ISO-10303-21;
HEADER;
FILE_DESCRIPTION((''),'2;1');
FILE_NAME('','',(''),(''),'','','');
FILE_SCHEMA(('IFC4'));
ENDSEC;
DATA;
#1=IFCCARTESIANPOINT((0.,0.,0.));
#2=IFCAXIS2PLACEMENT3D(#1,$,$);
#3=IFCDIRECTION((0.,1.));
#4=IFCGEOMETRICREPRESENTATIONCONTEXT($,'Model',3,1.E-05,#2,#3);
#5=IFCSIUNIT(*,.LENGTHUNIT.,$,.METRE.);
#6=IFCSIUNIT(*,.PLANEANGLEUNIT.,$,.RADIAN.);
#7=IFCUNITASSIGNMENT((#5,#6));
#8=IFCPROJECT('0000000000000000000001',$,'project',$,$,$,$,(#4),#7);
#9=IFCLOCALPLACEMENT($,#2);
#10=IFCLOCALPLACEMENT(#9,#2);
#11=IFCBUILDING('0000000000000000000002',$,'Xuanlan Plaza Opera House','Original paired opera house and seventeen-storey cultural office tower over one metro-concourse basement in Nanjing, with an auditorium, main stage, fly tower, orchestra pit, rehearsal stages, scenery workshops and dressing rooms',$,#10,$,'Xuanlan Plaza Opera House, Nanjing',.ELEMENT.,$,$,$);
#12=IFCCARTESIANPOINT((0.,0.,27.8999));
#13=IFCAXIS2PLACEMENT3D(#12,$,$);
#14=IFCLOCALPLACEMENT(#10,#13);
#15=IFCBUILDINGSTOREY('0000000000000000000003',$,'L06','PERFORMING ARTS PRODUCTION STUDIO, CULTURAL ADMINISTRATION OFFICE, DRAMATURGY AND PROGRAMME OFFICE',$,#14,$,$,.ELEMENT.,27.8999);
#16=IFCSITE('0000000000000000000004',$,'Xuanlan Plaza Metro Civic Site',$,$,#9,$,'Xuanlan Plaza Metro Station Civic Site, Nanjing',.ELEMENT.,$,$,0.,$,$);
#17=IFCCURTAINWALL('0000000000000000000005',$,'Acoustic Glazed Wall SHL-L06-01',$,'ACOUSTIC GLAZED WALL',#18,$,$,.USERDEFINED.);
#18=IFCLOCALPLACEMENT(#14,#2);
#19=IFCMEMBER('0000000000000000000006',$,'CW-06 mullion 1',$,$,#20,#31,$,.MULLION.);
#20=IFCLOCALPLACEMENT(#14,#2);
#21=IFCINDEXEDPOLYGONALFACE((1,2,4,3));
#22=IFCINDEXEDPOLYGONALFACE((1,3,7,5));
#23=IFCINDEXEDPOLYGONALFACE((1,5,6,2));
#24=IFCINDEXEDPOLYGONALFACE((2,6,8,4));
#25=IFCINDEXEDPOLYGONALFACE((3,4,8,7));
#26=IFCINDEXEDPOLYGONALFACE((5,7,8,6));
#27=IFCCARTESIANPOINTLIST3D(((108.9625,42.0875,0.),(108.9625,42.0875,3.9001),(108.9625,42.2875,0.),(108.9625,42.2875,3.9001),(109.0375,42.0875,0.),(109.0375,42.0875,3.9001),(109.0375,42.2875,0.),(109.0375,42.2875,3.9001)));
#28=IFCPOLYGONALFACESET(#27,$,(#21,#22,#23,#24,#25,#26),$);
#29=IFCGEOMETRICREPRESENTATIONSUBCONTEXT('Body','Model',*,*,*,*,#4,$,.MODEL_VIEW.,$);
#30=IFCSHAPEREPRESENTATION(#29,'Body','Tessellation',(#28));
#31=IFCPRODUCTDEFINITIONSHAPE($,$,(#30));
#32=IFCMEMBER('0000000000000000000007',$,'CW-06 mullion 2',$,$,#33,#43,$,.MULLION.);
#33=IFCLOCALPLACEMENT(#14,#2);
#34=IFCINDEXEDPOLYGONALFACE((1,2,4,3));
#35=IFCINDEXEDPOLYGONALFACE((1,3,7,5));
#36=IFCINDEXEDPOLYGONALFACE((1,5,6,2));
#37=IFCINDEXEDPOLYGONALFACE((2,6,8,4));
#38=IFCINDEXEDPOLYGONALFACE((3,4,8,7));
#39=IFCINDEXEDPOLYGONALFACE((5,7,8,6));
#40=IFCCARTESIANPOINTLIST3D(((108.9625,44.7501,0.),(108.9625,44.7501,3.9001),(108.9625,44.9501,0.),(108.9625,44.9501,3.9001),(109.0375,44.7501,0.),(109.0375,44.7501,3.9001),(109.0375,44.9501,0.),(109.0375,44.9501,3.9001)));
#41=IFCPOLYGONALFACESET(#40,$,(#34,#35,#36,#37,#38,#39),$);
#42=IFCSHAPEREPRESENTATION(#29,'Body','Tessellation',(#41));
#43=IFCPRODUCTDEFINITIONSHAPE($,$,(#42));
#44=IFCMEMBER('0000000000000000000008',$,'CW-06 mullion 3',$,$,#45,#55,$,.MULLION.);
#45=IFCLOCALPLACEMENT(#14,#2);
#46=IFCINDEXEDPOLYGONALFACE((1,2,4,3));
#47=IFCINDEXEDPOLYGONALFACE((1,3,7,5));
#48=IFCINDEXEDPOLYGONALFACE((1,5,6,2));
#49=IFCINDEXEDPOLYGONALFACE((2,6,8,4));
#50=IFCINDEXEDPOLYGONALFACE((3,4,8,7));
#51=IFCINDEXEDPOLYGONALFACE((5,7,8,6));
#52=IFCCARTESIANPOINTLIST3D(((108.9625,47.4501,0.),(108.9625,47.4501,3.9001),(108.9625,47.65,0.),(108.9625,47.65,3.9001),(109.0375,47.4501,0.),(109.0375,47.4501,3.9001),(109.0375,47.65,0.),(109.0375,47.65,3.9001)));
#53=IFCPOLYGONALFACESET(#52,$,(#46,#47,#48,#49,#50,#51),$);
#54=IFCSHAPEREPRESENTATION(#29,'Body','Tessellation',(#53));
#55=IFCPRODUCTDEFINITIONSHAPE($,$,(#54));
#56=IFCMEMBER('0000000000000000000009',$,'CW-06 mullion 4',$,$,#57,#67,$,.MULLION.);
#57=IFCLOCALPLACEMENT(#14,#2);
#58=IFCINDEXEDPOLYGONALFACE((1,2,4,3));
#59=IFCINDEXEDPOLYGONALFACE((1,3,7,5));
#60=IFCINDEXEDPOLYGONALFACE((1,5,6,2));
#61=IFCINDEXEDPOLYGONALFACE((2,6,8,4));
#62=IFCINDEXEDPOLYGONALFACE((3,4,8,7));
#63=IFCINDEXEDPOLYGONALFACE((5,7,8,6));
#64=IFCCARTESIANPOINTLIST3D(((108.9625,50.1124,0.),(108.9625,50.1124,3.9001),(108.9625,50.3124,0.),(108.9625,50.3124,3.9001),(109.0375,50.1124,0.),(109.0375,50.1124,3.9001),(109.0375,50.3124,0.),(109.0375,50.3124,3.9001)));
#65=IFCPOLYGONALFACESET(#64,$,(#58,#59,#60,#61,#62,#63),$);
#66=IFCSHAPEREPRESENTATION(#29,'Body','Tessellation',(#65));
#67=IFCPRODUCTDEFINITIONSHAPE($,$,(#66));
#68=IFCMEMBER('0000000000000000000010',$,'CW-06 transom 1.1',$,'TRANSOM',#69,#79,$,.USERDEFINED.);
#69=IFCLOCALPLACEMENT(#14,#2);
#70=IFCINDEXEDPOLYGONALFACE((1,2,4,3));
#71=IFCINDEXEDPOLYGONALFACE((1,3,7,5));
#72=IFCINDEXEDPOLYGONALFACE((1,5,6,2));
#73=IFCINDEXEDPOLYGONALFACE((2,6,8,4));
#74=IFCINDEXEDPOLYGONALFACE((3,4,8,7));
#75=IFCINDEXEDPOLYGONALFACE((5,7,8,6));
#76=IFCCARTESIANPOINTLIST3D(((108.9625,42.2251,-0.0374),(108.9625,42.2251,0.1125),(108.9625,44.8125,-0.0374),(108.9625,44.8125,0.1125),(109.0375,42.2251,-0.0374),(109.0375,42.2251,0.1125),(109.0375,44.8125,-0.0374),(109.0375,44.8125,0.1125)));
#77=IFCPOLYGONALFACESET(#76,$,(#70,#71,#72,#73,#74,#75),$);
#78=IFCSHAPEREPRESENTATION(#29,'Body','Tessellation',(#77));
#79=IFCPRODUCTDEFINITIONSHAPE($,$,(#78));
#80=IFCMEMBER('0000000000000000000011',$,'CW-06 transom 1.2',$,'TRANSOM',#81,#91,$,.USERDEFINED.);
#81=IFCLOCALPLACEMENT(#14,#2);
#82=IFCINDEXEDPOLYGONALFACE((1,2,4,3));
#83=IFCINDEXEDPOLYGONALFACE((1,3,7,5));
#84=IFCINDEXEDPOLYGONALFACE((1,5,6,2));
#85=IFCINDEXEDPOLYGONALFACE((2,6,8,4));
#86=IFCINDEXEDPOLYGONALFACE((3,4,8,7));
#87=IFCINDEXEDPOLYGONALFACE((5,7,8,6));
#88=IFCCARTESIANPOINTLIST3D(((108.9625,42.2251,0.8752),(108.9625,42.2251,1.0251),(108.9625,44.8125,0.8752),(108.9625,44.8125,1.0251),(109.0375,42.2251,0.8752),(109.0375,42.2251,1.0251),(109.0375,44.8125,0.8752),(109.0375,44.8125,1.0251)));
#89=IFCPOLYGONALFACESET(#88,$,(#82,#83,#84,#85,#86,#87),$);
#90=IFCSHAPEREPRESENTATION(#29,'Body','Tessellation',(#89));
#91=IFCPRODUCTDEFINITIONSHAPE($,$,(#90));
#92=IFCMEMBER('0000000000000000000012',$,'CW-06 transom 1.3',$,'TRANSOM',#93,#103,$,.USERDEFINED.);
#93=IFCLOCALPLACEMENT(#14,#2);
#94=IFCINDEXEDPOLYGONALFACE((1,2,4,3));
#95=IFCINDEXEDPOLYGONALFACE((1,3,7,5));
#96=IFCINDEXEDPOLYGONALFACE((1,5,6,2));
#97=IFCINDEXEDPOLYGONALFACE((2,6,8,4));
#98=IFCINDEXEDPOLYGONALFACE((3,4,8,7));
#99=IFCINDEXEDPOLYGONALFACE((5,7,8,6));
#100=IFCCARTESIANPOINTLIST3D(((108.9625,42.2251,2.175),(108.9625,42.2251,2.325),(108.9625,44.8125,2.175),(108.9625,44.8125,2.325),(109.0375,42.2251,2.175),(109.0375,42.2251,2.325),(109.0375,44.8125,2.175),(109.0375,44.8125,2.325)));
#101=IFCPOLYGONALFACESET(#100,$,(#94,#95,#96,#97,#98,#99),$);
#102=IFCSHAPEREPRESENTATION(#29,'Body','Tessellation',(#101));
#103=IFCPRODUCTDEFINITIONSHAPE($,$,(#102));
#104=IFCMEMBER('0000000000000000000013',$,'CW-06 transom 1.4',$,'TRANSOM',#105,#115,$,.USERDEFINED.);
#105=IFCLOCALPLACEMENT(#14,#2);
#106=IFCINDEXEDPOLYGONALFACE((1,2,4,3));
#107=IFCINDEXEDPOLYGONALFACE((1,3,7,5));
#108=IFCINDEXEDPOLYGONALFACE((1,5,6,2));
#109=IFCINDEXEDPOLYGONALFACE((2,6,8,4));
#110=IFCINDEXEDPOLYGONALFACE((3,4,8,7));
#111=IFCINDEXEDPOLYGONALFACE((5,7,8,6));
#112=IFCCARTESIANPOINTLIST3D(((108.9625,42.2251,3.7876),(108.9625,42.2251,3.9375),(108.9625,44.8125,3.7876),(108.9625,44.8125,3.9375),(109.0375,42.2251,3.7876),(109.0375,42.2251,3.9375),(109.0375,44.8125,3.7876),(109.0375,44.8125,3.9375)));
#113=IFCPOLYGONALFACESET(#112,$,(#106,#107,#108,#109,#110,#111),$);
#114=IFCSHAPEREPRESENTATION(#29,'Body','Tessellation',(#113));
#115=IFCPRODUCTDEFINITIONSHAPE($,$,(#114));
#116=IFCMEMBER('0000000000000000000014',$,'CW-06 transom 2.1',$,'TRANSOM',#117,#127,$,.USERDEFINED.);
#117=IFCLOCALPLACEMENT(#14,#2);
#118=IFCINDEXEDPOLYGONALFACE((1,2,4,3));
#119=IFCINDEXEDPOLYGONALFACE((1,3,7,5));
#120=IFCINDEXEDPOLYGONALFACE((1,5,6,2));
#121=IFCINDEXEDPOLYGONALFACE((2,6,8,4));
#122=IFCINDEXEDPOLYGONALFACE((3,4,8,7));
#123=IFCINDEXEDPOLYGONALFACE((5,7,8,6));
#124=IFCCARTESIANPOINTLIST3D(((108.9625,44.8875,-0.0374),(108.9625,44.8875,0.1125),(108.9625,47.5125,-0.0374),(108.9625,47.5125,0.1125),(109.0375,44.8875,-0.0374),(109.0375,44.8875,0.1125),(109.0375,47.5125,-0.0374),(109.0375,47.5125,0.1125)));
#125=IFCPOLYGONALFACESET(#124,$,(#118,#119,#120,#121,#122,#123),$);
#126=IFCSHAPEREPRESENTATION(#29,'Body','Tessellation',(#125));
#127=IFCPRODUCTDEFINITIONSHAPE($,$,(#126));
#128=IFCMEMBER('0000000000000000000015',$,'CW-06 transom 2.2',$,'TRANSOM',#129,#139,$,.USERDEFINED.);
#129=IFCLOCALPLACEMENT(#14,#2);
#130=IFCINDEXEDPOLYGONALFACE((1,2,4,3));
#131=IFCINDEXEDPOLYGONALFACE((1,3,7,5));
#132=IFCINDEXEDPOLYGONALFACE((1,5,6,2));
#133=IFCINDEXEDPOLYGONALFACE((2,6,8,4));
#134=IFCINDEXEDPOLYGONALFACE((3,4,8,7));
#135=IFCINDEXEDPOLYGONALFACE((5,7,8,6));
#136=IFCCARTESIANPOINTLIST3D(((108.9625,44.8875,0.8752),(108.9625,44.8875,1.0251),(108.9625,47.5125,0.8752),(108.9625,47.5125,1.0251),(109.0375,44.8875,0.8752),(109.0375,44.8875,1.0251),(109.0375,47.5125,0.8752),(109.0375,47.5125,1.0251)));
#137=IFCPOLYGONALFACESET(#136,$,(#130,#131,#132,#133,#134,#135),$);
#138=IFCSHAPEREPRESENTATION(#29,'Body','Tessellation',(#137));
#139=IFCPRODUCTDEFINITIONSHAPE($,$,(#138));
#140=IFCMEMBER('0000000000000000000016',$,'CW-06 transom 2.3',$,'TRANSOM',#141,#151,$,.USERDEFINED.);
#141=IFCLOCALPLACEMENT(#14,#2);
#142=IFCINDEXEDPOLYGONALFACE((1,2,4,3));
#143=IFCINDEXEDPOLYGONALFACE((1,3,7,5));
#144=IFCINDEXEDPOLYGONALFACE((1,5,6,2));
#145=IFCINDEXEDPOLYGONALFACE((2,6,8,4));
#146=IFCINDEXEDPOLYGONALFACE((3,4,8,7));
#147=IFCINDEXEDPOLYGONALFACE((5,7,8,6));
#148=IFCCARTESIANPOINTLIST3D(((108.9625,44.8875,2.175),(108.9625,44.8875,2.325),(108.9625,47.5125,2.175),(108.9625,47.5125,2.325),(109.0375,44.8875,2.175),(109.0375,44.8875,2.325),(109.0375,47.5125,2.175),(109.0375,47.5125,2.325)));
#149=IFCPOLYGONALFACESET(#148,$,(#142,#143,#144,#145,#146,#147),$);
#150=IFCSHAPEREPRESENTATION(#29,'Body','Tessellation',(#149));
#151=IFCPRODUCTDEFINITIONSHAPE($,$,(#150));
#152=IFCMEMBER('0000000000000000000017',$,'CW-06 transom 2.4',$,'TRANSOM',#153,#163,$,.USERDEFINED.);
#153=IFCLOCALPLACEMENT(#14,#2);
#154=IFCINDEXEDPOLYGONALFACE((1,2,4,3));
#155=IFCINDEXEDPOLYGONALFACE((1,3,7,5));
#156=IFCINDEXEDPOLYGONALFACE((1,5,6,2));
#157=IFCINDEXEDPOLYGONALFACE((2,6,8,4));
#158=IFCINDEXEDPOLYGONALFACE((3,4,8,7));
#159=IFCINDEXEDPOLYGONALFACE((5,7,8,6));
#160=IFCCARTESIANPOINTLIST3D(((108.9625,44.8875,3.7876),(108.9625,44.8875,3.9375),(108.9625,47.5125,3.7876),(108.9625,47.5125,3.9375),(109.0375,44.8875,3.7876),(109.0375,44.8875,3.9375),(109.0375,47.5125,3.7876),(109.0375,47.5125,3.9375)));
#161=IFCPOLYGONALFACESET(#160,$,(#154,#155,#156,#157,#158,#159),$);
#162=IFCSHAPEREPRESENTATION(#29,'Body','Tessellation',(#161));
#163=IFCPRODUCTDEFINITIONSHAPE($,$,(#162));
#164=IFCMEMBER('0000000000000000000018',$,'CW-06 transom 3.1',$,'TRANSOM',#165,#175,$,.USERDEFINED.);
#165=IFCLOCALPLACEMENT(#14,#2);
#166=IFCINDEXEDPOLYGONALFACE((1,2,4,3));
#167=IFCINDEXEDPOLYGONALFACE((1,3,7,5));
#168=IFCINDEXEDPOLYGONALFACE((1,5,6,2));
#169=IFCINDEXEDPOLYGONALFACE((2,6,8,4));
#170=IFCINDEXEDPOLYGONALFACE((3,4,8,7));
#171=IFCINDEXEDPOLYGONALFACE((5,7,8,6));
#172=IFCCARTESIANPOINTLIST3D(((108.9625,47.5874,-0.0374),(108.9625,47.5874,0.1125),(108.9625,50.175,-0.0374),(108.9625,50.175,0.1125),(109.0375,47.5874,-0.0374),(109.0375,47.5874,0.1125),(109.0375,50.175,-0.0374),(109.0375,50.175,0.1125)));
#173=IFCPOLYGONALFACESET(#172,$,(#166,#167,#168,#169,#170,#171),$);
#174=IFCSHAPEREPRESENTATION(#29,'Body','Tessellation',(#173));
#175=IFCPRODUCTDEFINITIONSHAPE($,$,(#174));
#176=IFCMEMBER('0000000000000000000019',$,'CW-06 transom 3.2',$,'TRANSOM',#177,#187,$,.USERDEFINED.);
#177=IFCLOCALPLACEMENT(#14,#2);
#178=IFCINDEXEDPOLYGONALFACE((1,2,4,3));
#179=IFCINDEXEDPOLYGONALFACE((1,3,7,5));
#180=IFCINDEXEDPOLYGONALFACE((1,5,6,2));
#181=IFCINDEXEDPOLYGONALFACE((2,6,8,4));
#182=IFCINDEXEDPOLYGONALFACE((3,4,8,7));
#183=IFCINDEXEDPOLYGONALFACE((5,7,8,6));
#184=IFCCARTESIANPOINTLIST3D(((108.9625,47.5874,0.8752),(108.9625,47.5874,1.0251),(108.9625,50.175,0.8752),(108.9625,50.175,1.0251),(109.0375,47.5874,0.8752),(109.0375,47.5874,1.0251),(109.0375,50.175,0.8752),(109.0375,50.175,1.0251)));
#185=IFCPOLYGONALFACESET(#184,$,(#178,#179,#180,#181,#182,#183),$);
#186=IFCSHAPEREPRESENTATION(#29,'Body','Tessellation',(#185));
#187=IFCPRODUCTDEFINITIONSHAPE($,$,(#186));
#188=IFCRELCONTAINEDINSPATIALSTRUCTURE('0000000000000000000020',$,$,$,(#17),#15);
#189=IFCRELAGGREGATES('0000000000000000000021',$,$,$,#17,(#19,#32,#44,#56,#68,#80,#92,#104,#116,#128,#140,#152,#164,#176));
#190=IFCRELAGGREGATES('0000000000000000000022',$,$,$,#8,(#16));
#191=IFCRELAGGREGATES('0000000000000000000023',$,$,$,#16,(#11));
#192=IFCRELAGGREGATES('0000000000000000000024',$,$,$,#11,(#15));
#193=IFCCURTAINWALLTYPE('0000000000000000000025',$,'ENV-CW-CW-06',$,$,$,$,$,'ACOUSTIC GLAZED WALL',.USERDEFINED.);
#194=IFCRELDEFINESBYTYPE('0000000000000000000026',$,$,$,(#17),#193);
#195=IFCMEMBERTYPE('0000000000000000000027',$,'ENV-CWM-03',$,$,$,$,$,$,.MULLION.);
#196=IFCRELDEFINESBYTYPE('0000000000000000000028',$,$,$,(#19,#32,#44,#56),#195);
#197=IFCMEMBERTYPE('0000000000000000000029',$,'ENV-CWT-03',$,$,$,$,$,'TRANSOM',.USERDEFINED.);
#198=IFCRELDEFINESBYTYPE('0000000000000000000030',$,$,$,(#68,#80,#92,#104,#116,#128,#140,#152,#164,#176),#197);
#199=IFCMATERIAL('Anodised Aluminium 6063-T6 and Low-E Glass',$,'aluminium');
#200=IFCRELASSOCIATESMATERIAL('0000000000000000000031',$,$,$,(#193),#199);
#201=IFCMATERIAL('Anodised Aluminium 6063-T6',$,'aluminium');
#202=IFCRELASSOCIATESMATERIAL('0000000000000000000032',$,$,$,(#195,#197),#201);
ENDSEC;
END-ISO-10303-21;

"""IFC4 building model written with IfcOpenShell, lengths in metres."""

from ifc_helpers import new_model, si_unit, direction, frame, origin, origin_2d, place, context, subcontext, project, spatial, rectangle, extrude, material, material_profile, profile_set, type_object, element, aggregate, save


model = new_model("IFC4")

# Units and contexts
model_context = context("Model", 3, precision=1e-05, world=origin(), true_north=direction((0.0, 1.0)))
body_context = subcontext(model_context, "Body", "Model", "MODEL_VIEW")
ifc_project = project(units=[si_unit("LENGTHUNIT", "METRE"), si_unit("PLANEANGLEUNIT", "RADIAN")], contexts=[model_context])

# Site, building, storey
site_placement = place(None, origin())
site = spatial("IfcSite", under=ifc_project, at=site_placement, Name="Xuanlan Plaza Metro Civic Site", LongName="Xuanlan Plaza Metro Station Civic Site, Nanjing", CompositionType="ELEMENT", RefElevation=0.0)
building_placement = place(site_placement, origin())
building = spatial("IfcBuilding", under=site, at=building_placement, Name="Xuanlan Plaza Opera House", Description="Original paired opera house and seventeen-storey cultural office tower over one metro-concourse basement in Nanjing, with an auditorium, main stage, fly tower, orchestra pit, rehearsal stages, scenery workshops and dressing rooms", LongName="Xuanlan Plaza Opera House, Nanjing", CompositionType="ELEMENT")
storey_placement = place(building_placement, frame((0.0, 0.0, 27.8999)))
storey = spatial("IfcBuildingStorey", under=building, at=storey_placement, Name="L06", Description="PERFORMING ARTS PRODUCTION STUDIO, CULTURAL ADMINISTRATION OFFICE, DRAMATURGY AND PROGRAMME OFFICE", CompositionType="ELEMENT", Elevation=27.8999)

# Curtain wall, members
ifc_material_1 = material(Name="Anodised Aluminium 6063-T6 and Low-E Glass", Category="aluminium")
curtain_wall_type = type_object("IfcCurtainWallType", Name="ENV-CW-CW-06", ElementType="ACOUSTIC GLAZED WALL", PredefinedType="USERDEFINED", material=ifc_material_1)
curtain_wall_placement = place(storey_placement, origin())
curtain_wall = element("IfcCurtainWall", 1, at=curtain_wall_placement, inside=storey, type_object=curtain_wall_type, Name="Acoustic Glazed Wall SHL-L06-01", ObjectType="ACOUSTIC GLAZED WALL", PredefinedType="USERDEFINED")
ifc_material_2 = material(Name="Anodised Aluminium 6063-T6", Category="aluminium")
ifc_material_profile_1 = material_profile(ifc_material_2, rectangle(XDim=0.075, YDim=0.2, at=origin_2d()), Name="ALU-M 75x200")
ifc_profile_set_1 = profile_set([ifc_material_profile_1], Name="Anodised Aluminium 6063-T6")
member_type_1 = type_object("IfcMemberType", Name="ENV-CWM-03", PredefinedType="MULLION", material=ifc_profile_set_1)
member_1_placement = place(storey_placement, frame((109.0, 42.1875, 0.0), z_axis=(0.0, 0.0, 1.0), x_axis=(-1.0, 0.0, 0.0)))
member_1 = element("IfcMember", 2, at=member_1_placement, type_object=member_type_1, Name="CW-06 mullion 1", PredefinedType="MULLION", context=body_context, shape_type="SweptSolid", body=[
    extrude(rectangle(XDim=0.075, YDim=0.2, at=origin_2d()), origin(), (0.0, 0.0, 1.0), 3.9001),
])
member_2_placement = place(storey_placement, frame((109.0, 44.8501, 0.0), z_axis=(0.0, 0.0, 1.0), x_axis=(-1.0, 0.0, 0.0)))
member_2 = element("IfcMember", 3, at=member_2_placement, type_object=member_type_1, Name="CW-06 mullion 2", PredefinedType="MULLION", context=body_context, shape_type="SweptSolid", body=[
    extrude(rectangle(XDim=0.075, YDim=0.2, at=origin_2d()), origin(), (0.0, 0.0, 1.0), 3.9001),
])
member_3_placement = place(storey_placement, frame((109.0, 47.55, 0.0), z_axis=(0.0, 0.0, 1.0), x_axis=(-1.0, 0.0, 0.0)))
member_3 = element("IfcMember", 4, at=member_3_placement, type_object=member_type_1, Name="CW-06 mullion 3", PredefinedType="MULLION", context=body_context, shape_type="SweptSolid", body=[
    extrude(rectangle(XDim=0.075, YDim=0.2, at=origin_2d()), origin(), (0.0, 0.0, 1.0), 3.9001),
])
member_4_placement = place(storey_placement, frame((109.0, 50.2124, 0.0), z_axis=(0.0, 0.0, 1.0), x_axis=(-1.0, 0.0, 0.0)))
member_4 = element("IfcMember", 5, at=member_4_placement, type_object=member_type_1, Name="CW-06 mullion 4", PredefinedType="MULLION", context=body_context, shape_type="SweptSolid", body=[
    extrude(rectangle(XDim=0.075, YDim=0.2, at=origin_2d()), origin(), (0.0, 0.0, 1.0), 3.9001),
])
ifc_material_profile_2 = material_profile(ifc_material_2, rectangle(XDim=0.075, YDim=0.1499, at=origin_2d()), Name="ALU-T 75x150")
ifc_profile_set_2 = profile_set([ifc_material_profile_2], Name="Anodised Aluminium 6063-T6")
member_type_2 = type_object("IfcMemberType", Name="ENV-CWT-03", ElementType="TRANSOM", PredefinedType="USERDEFINED", material=ifc_profile_set_2)
member_5_placement = place(storey_placement, frame((109.0, 42.2251, 0.0376), z_axis=(0.0, 1.0, 0.0), x_axis=(-1.0, 0.0, 0.0)))
member_5 = element("IfcMember", 6, at=member_5_placement, type_object=member_type_2, Name="CW-06 transom 1.1", ObjectType="TRANSOM", PredefinedType="USERDEFINED", context=body_context, shape_type="SweptSolid", body=[
    extrude(rectangle(XDim=0.075, YDim=0.1499, at=origin_2d()), origin(), (0.0, 0.0, 1.0), 2.5874),
])
member_6_placement = place(storey_placement, frame((109.0, 42.2251, 0.9502), z_axis=(0.0, 1.0, 0.0), x_axis=(-1.0, 0.0, 0.0)))
member_6 = element("IfcMember", 7, at=member_6_placement, type_object=member_type_2, Name="CW-06 transom 1.2", ObjectType="TRANSOM", PredefinedType="USERDEFINED", context=body_context, shape_type="SweptSolid", body=[
    extrude(rectangle(XDim=0.075, YDim=0.1499, at=origin_2d()), origin(), (0.0, 0.0, 1.0), 2.5874),
])
member_7_placement = place(storey_placement, frame((109.0, 42.2251, 2.25), z_axis=(0.0, 1.0, 0.0), x_axis=(-1.0, 0.0, 0.0)))
member_7 = element("IfcMember", 8, at=member_7_placement, type_object=member_type_2, Name="CW-06 transom 1.3", ObjectType="TRANSOM", PredefinedType="USERDEFINED", context=body_context, shape_type="SweptSolid", body=[
    extrude(rectangle(XDim=0.075, YDim=0.1499, at=origin_2d()), origin(), (0.0, 0.0, 1.0), 2.5874),
])
member_8_placement = place(storey_placement, frame((109.0, 42.2251, 3.8625), z_axis=(0.0, 1.0, 0.0), x_axis=(-1.0, 0.0, 0.0)))
member_8 = element("IfcMember", 9, at=member_8_placement, type_object=member_type_2, Name="CW-06 transom 1.4", ObjectType="TRANSOM", PredefinedType="USERDEFINED", context=body_context, shape_type="SweptSolid", body=[
    extrude(rectangle(XDim=0.075, YDim=0.1499, at=origin_2d()), origin(), (0.0, 0.0, 1.0), 2.5874),
])
member_9_placement = place(storey_placement, frame((109.0, 44.8875, 0.0376), z_axis=(0.0, 1.0, 0.0), x_axis=(-1.0, 0.0, 0.0)))
member_9 = element("IfcMember", 10, at=member_9_placement, type_object=member_type_2, Name="CW-06 transom 2.1", ObjectType="TRANSOM", PredefinedType="USERDEFINED", context=body_context, shape_type="SweptSolid", body=[
    extrude(rectangle(XDim=0.075, YDim=0.1499, at=origin_2d()), origin(), (0.0, 0.0, 1.0), 2.625),
])
member_10_placement = place(storey_placement, frame((109.0, 44.8875, 0.9502), z_axis=(0.0, 1.0, 0.0), x_axis=(-1.0, 0.0, 0.0)))
member_10 = element("IfcMember", 11, at=member_10_placement, type_object=member_type_2, Name="CW-06 transom 2.2", ObjectType="TRANSOM", PredefinedType="USERDEFINED", context=body_context, shape_type="SweptSolid", body=[
    extrude(rectangle(XDim=0.075, YDim=0.1499, at=origin_2d()), origin(), (0.0, 0.0, 1.0), 2.625),
])
member_11_placement = place(storey_placement, frame((109.0, 44.8875, 2.25), z_axis=(0.0, 1.0, 0.0), x_axis=(-1.0, 0.0, 0.0)))
member_11 = element("IfcMember", 12, at=member_11_placement, type_object=member_type_2, Name="CW-06 transom 2.3", ObjectType="TRANSOM", PredefinedType="USERDEFINED", context=body_context, shape_type="SweptSolid", body=[
    extrude(rectangle(XDim=0.075, YDim=0.1499, at=origin_2d()), origin(), (0.0, 0.0, 1.0), 2.625),
])
member_12_placement = place(storey_placement, frame((109.0, 44.8875, 3.8625), z_axis=(0.0, 1.0, 0.0), x_axis=(-1.0, 0.0, 0.0)))
member_12 = element("IfcMember", 13, at=member_12_placement, type_object=member_type_2, Name="CW-06 transom 2.4", ObjectType="TRANSOM", PredefinedType="USERDEFINED", context=body_context, shape_type="SweptSolid", body=[
    extrude(rectangle(XDim=0.075, YDim=0.1499, at=origin_2d()), origin(), (0.0, 0.0, 1.0), 2.625),
])
member_13_placement = place(storey_placement, frame((109.0, 47.5874, 0.0376), z_axis=(0.0, 1.0, 0.0), x_axis=(-1.0, 0.0, 0.0)))
member_13 = element("IfcMember", 14, at=member_13_placement, type_object=member_type_2, Name="CW-06 transom 3.1", ObjectType="TRANSOM", PredefinedType="USERDEFINED", context=body_context, shape_type="SweptSolid", body=[
    extrude(rectangle(XDim=0.075, YDim=0.1499, at=origin_2d()), origin(), (0.0, 0.0, 1.0), 2.5876),
])
member_14_placement = place(storey_placement, frame((109.0, 47.5874, 0.9502), z_axis=(0.0, 1.0, 0.0), x_axis=(-1.0, 0.0, 0.0)))
member_14 = element("IfcMember", 15, at=member_14_placement, type_object=member_type_2, Name="CW-06 transom 3.2", ObjectType="TRANSOM", PredefinedType="USERDEFINED", context=body_context, shape_type="SweptSolid", body=[
    extrude(rectangle(XDim=0.075, YDim=0.1499, at=origin_2d()), origin(), (0.0, 0.0, 1.0), 2.5876),
])

aggregate(curtain_wall, [member_1, member_2, member_3, member_4, member_5, member_6, member_7, member_8, member_9, member_10, member_11, member_12, member_13, member_14])

save(model, "model.ifc")
